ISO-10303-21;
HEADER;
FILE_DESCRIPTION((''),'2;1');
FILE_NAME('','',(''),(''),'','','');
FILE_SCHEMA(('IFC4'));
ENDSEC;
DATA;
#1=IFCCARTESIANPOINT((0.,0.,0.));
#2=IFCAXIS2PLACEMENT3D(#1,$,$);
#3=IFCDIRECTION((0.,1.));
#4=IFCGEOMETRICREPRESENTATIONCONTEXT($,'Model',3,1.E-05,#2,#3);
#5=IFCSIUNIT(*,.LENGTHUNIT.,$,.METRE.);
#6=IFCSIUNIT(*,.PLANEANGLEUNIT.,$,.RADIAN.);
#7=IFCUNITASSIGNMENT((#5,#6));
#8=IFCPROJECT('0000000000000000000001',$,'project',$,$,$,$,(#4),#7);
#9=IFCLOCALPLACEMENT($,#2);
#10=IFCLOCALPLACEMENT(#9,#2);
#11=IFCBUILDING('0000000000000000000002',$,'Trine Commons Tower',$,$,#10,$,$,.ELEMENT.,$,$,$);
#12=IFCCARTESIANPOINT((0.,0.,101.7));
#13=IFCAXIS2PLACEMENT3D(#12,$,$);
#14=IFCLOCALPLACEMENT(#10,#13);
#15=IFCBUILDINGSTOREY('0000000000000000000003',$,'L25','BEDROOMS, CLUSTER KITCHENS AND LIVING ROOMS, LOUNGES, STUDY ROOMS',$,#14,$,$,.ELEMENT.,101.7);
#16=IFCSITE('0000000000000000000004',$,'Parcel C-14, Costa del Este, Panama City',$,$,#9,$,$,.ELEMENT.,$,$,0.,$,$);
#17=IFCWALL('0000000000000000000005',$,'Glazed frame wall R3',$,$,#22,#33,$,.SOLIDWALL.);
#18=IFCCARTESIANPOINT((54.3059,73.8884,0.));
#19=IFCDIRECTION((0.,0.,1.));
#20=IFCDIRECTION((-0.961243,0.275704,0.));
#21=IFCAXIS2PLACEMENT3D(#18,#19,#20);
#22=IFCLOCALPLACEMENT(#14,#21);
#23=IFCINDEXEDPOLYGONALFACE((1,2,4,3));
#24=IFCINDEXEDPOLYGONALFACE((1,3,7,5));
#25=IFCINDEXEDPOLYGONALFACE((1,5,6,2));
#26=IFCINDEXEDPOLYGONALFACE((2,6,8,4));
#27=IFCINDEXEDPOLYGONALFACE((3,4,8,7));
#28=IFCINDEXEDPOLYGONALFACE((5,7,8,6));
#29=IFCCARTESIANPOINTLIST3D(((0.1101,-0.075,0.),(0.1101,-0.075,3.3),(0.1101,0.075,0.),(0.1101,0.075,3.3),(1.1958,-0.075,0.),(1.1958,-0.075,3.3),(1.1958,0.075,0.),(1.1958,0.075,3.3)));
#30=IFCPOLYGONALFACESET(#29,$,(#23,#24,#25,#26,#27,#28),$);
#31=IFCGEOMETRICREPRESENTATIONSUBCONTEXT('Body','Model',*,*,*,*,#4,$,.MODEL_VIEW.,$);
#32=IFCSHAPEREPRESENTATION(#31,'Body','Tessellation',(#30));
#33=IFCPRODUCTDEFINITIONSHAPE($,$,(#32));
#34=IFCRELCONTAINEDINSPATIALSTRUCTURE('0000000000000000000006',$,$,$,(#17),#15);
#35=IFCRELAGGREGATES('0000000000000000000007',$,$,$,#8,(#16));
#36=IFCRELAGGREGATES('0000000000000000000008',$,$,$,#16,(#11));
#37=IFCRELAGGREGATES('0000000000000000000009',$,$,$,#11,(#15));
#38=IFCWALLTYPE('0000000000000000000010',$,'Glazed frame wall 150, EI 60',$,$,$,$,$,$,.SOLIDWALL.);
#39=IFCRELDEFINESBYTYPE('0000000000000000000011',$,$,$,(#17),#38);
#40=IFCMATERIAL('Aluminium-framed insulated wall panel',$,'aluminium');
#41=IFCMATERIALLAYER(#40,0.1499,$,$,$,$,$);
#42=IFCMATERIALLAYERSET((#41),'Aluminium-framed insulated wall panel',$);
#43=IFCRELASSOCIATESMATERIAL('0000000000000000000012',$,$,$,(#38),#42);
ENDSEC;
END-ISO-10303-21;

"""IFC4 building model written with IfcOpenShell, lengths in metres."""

from ifc_helpers import new_model, si_unit, direction, frame, origin, place, context, subcontext, project, spatial, polyline, outline, extrude, material, layer, layer_set, type_object, element, save


model = new_model("IFC4")

# Units and contexts
model_context = context("Model", 3, precision=1e-05, world=origin(), true_north=direction((0.0, 1.0)))
body_context = subcontext(model_context, "Body", "Model", "MODEL_VIEW")
ifc_project = project(units=[si_unit("LENGTHUNIT", "METRE"), si_unit("PLANEANGLEUNIT", "RADIAN")], contexts=[model_context])

# Site, building, storey
site_placement = place(None, origin())
site = spatial("IfcSite", under=ifc_project, at=site_placement, Name="Parcel C-14, Costa del Este, Panama City", CompositionType="ELEMENT", RefElevation=0.0)
building_placement = place(site_placement, origin())
building = spatial("IfcBuilding", under=site, at=building_placement, Name="Trine Commons Tower", CompositionType="ELEMENT")
storey_placement = place(building_placement, frame((0.0, 0.0, 101.7)))
storey = spatial("IfcBuildingStorey", under=building, at=storey_placement, Name="L25", Description="BEDROOMS, CLUSTER KITCHENS AND LIVING ROOMS, LOUNGES, STUDY ROOMS", CompositionType="ELEMENT", Elevation=101.7)

# Wall
ifc_material_1 = material(Name="Aluminium-framed insulated wall panel", Category="aluminium")
ifc_layer_1 = layer(ifc_material_1, 0.1499)
ifc_layer_set_1 = layer_set([ifc_layer_1], Name="Aluminium-framed insulated wall panel")
wall_type_1 = type_object("IfcWallType", Name="Glazed frame wall 150, EI 60", PredefinedType="SOLIDWALL", material=ifc_layer_set_1)
wall_1_placement = place(storey_placement, frame((54.3059, 73.8884, 0.0), z_axis=(0.0, 0.0, 1.0), x_axis=(-0.961243, 0.275704, 0.0)))
element("IfcWall", 1, at=wall_1_placement, inside=storey, type_object=wall_type_1, Name="Glazed frame wall R3", PredefinedType="SOLIDWALL", context=body_context, shape_type="SweptSolid", body=[
    extrude(outline(polyline([(0.1101, 0.075), (0.1101, -0.075), (1.1958, -0.075), (1.1958, 0.075), (0.1101, 0.075)])), origin(), (0.0, 0.0, 1.0), 3.3),
])

save(model, "model.ifc")
